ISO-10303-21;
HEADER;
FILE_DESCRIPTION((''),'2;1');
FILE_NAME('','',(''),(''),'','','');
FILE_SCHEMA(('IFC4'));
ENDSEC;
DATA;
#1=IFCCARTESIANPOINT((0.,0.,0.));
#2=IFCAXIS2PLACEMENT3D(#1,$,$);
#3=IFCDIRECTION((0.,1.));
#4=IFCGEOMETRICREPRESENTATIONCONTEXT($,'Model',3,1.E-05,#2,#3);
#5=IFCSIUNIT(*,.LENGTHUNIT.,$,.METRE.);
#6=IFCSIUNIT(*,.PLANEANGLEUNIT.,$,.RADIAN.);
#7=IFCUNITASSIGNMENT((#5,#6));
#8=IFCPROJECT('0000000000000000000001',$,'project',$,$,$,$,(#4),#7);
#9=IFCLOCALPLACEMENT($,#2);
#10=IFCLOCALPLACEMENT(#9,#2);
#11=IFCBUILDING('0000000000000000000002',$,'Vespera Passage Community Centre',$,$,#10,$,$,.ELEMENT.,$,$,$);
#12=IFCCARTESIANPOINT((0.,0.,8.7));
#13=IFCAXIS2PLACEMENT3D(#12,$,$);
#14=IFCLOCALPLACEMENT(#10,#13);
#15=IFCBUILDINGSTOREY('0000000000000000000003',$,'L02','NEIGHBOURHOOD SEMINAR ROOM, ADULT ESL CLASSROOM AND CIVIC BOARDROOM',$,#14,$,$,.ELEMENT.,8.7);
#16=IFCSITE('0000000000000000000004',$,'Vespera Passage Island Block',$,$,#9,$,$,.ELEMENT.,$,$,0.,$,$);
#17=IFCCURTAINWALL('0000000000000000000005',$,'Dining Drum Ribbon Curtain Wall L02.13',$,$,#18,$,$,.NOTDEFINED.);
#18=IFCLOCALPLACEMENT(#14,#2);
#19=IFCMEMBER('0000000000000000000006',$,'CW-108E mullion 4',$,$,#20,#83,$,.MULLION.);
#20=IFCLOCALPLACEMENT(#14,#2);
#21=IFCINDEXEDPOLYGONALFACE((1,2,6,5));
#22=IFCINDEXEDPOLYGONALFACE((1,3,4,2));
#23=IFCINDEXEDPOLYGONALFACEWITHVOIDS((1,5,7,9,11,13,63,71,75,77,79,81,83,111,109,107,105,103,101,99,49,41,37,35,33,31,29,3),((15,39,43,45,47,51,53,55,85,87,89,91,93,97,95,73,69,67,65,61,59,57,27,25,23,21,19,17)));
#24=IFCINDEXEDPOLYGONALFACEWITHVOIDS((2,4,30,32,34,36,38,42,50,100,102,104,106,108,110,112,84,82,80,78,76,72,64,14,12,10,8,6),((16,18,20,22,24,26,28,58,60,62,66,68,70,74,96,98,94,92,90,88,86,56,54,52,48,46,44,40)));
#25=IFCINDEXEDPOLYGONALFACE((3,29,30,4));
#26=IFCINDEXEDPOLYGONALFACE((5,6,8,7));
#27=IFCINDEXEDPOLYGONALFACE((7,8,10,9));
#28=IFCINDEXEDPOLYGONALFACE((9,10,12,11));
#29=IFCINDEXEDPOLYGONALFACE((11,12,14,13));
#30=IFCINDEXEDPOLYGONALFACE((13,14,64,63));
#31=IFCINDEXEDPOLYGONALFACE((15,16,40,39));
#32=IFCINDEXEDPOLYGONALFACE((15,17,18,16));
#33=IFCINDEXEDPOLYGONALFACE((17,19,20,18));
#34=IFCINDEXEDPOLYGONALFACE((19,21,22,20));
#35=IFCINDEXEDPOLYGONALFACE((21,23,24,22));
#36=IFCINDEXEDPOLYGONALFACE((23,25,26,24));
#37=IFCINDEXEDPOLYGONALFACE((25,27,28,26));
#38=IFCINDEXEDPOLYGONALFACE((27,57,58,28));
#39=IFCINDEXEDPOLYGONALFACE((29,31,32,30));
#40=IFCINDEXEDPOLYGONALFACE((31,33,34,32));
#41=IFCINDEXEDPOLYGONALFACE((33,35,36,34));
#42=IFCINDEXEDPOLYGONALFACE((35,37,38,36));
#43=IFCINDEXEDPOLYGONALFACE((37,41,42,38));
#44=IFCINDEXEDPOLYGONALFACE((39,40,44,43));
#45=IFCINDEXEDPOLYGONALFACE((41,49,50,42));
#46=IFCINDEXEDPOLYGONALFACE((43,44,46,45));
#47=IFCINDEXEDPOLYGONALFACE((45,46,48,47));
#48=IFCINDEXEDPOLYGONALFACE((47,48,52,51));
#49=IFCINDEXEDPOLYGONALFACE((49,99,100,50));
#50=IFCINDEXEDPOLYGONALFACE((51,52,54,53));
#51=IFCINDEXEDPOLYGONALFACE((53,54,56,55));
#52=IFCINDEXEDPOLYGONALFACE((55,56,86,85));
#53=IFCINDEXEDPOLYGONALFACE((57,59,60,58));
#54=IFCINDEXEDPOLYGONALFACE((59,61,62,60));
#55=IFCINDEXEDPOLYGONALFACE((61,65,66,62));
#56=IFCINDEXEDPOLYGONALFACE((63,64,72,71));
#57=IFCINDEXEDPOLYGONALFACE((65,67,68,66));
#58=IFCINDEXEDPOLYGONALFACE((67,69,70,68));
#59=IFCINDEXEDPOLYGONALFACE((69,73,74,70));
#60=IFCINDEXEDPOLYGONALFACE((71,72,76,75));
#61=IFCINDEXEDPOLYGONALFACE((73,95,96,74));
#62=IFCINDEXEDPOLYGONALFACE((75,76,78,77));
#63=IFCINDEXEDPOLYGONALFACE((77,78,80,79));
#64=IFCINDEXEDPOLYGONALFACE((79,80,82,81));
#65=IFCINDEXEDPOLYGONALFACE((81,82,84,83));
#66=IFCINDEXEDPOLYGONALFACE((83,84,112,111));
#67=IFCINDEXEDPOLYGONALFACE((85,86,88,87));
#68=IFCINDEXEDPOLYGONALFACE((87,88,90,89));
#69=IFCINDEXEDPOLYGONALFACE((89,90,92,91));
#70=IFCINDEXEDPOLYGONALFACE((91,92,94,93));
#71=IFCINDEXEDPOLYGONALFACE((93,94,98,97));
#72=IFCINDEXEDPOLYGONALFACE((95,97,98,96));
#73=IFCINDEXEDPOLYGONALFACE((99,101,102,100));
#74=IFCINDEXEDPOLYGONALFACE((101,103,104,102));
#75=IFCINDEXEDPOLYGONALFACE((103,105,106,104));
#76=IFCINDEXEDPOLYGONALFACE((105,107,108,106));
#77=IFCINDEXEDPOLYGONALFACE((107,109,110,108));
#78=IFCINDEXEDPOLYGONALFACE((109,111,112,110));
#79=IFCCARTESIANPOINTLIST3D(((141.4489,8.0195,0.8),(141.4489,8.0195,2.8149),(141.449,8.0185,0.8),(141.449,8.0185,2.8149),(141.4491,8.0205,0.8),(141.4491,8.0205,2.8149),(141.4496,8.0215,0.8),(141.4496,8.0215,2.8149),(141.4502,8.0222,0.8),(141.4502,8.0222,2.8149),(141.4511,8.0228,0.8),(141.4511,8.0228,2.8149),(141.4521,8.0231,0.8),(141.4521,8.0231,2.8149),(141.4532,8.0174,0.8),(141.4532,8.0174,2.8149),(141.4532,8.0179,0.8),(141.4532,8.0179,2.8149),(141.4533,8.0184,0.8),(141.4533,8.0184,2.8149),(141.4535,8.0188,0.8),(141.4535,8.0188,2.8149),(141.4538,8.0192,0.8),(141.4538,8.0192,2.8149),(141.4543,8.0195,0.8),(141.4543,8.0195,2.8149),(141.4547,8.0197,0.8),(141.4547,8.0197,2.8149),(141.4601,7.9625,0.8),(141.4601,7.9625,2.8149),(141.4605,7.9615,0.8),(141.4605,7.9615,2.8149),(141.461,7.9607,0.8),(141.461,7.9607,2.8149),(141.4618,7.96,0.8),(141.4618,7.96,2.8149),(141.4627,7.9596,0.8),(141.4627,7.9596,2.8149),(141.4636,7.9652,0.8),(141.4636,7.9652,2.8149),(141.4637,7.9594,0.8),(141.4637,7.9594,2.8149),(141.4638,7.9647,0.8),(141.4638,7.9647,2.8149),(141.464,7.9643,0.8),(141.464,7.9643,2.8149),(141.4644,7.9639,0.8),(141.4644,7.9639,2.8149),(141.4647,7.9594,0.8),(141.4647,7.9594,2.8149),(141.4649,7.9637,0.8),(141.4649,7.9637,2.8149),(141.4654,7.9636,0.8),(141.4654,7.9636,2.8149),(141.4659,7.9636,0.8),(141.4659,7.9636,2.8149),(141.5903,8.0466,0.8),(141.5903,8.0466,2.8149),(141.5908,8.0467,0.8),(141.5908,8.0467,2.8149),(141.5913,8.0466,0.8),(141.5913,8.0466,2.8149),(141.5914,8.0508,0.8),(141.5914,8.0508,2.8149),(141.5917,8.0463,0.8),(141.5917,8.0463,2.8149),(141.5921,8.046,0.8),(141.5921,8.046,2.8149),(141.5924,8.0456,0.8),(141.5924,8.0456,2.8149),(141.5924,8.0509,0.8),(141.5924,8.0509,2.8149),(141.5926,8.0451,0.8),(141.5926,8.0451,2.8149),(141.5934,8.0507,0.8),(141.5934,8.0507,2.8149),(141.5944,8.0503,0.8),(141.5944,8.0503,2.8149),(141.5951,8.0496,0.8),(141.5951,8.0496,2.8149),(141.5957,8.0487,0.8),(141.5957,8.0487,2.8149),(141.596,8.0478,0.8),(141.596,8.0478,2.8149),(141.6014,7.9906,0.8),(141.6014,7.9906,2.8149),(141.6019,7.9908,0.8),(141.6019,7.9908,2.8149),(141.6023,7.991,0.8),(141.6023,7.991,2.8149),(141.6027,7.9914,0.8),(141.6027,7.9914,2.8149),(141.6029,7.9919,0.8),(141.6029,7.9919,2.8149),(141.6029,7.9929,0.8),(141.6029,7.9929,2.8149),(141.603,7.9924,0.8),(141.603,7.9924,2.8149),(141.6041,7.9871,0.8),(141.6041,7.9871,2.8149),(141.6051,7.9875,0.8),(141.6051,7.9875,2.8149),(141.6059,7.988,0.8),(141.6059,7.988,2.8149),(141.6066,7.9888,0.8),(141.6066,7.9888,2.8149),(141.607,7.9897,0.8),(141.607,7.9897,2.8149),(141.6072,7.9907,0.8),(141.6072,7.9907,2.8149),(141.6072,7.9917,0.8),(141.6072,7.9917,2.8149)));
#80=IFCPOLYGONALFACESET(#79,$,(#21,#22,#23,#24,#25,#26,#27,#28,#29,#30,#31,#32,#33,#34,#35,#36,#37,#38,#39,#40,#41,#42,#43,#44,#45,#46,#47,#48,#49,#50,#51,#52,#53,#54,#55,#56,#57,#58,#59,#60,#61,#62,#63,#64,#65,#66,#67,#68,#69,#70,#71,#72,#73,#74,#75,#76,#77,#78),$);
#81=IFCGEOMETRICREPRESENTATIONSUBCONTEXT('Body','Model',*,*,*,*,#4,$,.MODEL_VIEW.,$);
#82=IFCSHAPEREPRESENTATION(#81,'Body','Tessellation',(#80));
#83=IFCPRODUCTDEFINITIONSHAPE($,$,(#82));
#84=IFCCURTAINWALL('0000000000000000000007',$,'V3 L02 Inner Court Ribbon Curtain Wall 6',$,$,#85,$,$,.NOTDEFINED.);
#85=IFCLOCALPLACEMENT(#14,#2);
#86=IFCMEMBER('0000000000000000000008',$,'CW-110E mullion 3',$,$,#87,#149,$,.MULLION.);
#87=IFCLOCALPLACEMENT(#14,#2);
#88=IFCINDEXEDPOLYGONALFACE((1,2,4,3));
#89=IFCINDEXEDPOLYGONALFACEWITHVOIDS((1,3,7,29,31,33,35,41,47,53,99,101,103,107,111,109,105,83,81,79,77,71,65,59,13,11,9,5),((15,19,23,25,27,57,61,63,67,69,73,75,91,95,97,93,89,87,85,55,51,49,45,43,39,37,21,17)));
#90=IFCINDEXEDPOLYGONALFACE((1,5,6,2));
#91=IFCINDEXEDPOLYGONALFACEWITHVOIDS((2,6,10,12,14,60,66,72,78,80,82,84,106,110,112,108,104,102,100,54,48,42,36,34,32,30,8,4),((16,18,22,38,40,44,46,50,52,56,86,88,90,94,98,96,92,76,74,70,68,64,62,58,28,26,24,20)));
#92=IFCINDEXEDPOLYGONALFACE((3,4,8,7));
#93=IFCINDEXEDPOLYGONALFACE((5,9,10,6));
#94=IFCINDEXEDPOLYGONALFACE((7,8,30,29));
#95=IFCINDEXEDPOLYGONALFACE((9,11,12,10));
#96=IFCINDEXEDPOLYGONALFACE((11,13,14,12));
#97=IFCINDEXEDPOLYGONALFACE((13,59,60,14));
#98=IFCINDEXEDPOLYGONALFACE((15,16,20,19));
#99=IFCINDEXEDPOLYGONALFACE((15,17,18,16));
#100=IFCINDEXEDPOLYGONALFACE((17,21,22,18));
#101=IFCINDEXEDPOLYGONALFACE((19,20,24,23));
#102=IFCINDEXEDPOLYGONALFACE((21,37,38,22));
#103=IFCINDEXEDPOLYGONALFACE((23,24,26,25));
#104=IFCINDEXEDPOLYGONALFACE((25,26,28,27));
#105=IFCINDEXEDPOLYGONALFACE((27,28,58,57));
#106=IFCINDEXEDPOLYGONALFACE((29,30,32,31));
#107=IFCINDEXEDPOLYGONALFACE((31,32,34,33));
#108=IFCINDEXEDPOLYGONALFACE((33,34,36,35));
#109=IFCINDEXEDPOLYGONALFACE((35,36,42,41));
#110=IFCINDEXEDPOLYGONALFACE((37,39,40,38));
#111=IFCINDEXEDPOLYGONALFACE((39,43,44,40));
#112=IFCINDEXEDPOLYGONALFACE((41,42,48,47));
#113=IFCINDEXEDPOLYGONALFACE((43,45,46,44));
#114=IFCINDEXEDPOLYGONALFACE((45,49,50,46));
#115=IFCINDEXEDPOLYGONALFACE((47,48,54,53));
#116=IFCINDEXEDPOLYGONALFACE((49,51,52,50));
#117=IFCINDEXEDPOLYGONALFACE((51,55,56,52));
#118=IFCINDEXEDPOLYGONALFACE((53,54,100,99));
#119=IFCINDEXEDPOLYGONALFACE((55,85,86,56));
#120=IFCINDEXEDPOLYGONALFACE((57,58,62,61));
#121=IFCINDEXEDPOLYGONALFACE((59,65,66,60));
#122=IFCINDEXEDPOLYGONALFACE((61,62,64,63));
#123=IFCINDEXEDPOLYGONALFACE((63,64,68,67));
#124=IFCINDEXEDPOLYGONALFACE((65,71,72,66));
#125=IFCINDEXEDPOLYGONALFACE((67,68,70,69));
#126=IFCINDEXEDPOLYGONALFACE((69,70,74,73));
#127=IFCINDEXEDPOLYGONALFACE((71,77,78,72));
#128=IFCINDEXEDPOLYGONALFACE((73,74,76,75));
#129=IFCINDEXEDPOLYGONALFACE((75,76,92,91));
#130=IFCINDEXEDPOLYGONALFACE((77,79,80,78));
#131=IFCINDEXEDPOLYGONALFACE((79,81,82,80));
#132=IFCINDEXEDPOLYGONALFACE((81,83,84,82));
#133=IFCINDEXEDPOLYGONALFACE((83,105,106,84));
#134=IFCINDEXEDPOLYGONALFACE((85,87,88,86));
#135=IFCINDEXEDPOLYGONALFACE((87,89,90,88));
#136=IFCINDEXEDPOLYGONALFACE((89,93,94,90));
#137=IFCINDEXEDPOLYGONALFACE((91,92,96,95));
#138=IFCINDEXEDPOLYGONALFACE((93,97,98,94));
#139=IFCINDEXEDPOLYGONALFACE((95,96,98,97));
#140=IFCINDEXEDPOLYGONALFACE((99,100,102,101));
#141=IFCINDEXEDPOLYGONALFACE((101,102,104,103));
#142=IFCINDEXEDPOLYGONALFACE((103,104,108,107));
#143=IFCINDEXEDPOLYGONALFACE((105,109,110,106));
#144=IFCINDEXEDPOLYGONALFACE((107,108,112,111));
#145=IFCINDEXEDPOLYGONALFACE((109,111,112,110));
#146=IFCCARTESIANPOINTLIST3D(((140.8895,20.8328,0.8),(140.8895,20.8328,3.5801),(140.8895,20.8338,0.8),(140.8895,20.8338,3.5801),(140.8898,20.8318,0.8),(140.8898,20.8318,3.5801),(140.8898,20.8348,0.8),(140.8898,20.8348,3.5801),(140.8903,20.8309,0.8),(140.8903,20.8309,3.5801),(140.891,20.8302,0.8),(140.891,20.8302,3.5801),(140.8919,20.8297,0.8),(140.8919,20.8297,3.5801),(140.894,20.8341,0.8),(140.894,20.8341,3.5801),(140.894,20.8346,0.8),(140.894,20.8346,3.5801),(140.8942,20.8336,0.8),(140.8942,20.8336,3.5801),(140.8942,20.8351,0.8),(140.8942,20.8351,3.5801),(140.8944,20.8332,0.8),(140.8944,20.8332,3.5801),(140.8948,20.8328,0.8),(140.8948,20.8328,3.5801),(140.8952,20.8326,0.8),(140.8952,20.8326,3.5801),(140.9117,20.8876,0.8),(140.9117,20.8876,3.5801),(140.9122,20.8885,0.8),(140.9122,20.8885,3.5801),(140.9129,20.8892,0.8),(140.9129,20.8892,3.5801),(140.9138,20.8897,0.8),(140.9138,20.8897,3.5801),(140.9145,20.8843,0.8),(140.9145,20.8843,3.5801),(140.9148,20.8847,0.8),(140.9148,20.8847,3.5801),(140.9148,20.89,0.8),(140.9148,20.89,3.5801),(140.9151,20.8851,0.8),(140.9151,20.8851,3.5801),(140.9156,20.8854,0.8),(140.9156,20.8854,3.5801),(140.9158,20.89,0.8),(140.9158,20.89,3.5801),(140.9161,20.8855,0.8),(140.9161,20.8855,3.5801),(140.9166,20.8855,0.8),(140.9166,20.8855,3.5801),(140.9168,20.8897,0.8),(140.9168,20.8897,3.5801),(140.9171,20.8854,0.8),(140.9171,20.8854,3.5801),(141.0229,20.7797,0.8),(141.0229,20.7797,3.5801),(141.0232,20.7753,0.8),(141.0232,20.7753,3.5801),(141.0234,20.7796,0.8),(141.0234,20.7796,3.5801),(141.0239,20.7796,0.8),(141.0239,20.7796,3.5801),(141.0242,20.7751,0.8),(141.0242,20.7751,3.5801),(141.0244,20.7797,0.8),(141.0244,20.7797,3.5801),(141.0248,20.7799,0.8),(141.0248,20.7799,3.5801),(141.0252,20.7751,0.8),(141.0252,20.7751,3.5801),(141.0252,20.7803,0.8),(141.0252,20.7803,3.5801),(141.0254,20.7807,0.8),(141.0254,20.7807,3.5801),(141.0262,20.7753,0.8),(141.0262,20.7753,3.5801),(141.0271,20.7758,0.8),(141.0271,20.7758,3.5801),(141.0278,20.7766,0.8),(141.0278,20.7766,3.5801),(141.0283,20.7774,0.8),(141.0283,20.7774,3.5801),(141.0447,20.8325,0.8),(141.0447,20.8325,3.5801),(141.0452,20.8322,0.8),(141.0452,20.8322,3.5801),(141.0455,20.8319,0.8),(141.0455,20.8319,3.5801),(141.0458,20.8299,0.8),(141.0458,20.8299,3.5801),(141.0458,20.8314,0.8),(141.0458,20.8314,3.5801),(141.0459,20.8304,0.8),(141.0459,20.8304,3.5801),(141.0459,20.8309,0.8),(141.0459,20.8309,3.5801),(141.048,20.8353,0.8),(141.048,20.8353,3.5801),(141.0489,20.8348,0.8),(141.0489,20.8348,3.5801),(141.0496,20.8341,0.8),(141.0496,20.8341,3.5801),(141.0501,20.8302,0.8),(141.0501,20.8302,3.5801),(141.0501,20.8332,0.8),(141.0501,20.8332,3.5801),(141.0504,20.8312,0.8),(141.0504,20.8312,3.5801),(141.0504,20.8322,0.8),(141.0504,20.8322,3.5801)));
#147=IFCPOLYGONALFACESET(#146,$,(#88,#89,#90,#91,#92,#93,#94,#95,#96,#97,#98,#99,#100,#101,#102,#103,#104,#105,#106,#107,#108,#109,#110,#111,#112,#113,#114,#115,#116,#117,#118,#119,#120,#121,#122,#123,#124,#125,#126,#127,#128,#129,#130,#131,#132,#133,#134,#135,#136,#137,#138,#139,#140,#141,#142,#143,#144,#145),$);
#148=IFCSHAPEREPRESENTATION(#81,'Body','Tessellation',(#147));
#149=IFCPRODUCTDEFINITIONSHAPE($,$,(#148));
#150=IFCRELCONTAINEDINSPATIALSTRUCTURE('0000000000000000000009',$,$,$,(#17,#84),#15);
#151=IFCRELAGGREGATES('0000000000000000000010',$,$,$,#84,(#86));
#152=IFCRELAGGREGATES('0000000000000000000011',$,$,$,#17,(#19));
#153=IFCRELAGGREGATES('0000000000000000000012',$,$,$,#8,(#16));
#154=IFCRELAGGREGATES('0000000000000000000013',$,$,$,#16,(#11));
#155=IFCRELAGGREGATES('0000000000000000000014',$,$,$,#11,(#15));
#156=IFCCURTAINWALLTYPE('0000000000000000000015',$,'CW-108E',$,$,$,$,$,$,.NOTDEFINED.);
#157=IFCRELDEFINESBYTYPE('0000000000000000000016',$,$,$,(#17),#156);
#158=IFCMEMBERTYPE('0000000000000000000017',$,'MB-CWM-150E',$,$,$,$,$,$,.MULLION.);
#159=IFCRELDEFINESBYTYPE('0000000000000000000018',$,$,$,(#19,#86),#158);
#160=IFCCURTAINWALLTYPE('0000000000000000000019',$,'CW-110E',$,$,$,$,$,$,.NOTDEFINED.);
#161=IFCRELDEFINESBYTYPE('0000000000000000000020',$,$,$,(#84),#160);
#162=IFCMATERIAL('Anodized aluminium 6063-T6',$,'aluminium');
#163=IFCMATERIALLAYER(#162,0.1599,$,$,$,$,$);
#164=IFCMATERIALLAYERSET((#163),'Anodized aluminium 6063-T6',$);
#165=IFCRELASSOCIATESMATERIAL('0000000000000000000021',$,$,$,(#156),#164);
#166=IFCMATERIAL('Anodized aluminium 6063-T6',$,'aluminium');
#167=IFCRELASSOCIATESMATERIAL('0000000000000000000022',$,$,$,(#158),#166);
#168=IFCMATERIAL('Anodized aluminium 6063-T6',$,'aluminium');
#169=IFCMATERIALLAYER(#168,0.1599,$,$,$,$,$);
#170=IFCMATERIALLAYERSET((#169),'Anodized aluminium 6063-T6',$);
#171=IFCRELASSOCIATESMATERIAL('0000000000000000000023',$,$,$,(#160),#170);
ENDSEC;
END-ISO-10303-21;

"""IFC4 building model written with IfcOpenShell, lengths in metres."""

from ifc_helpers import new_model, si_unit, direction, frame, origin, origin_2d, place, context, subcontext, project, spatial, hollow_rectangle, extrude, material, layer, layer_set, material_profile, profile_set, type_object, element, aggregate, save


model = new_model("IFC4")

# Units and contexts
model_context = context("Model", 3, precision=1e-05, world=origin(), true_north=direction((0.0, 1.0)))
body_context = subcontext(model_context, "Body", "Model", "MODEL_VIEW")
ifc_project = project(units=[si_unit("LENGTHUNIT", "METRE"), si_unit("PLANEANGLEUNIT", "RADIAN")], contexts=[model_context])

# Site, building, storey
site_placement = place(None, origin())
site = spatial("IfcSite", under=ifc_project, at=site_placement, Name="Vespera Passage Island Block", CompositionType="ELEMENT", RefElevation=0.0)
building_placement = place(site_placement, origin())
building = spatial("IfcBuilding", under=site, at=building_placement, Name="Vespera Passage Community Centre", CompositionType="ELEMENT")
storey_placement = place(building_placement, frame((0.0, 0.0, 8.7)))
storey = spatial("IfcBuildingStorey", under=building, at=storey_placement, Name="L02", Description="NEIGHBOURHOOD SEMINAR ROOM, ADULT ESL CLASSROOM AND CIVIC BOARDROOM", CompositionType="ELEMENT", Elevation=8.7)

# Shared definitions
ifc_material_1 = material(Name="Anodized aluminium 6063-T6", Category="aluminium")
ifc_layer_1 = layer(ifc_material_1, 0.1599)
ifc_layer_set_1 = layer_set([ifc_layer_1], Name="Anodized aluminium 6063-T6")
curtain_wall_type_1 = type_object("IfcCurtainWallType", Name="CW-108E", PredefinedType="NOTDEFINED", material=ifc_layer_set_1)
ifc_material_2 = material(Name="Anodized aluminium 6063-T6", Category="aluminium")
ifc_material_profile_1 = material_profile(ifc_material_2, hollow_rectangle(XDim=0.0649, YDim=0.1499, WallThickness=0.0039, InnerFilletRadius=0.002, OuterFilletRadius=0.0039, at=origin_2d()), Name="ALU150X65X4")
ifc_profile_set_1 = profile_set([ifc_material_profile_1], Name="Anodized aluminium 6063-T6")
member_type_1 = type_object("IfcMemberType", Name="MB-CWM-150E", PredefinedType="MULLION", material=ifc_profile_set_1)

# Curtain wall, member
curtain_wall_1_placement = place(storey_placement, origin())
curtain_wall_1 = element("IfcCurtainWall", 1, at=curtain_wall_1_placement, inside=storey, type_object=curtain_wall_type_1, Name="Dining Drum Ribbon Curtain Wall L02.13", PredefinedType="NOTDEFINED")
member_1_placement = place(storey_placement, frame((141.5281, 8.0051, 0.8), z_axis=(0.0, 0.0, 1.0), x_axis=(0.195097, -0.980784, 0.0)))
member_1 = element("IfcMember", 2, at=member_1_placement, type_object=member_type_1, Name="CW-108E mullion 4", PredefinedType="MULLION", context=body_context, shape_type="SweptSolid", body=[
    extrude(hollow_rectangle(XDim=0.0649, YDim=0.1499, WallThickness=0.0039, InnerFilletRadius=0.002, OuterFilletRadius=0.0039, at=origin_2d()), origin(), (0.0, 0.0, 1.0), 2.0149),
])

# Curtain wall, member
ifc_material_3 = material(Name="Anodized aluminium 6063-T6", Category="aluminium")
ifc_layer_2 = layer(ifc_material_3, 0.1599)
ifc_layer_set_2 = layer_set([ifc_layer_2], Name="Anodized aluminium 6063-T6")
curtain_wall_type_2 = type_object("IfcCurtainWallType", Name="CW-110E", PredefinedType="NOTDEFINED", material=ifc_layer_set_2)
curtain_wall_2_placement = place(storey_placement, origin())
curtain_wall_2 = element("IfcCurtainWall", 3, at=curtain_wall_2_placement, inside=storey, type_object=curtain_wall_type_2, Name="V3 L02 Inner Court Ribbon Curtain Wall 6", PredefinedType="NOTDEFINED")
member_2_placement = place(storey_placement, frame((140.97, 20.8325, 0.8), z_axis=(0.0, 0.0, 1.0), x_axis=(0.382686, 0.923879, 0.0)))
member_2 = element("IfcMember", 4, at=member_2_placement, type_object=member_type_1, Name="CW-110E mullion 3", PredefinedType="MULLION", context=body_context, shape_type="SweptSolid", body=[
    extrude(hollow_rectangle(XDim=0.0649, YDim=0.1499, WallThickness=0.0039, InnerFilletRadius=0.002, OuterFilletRadius=0.0039, at=origin_2d()), origin(), (0.0, 0.0, 1.0), 2.78),
])
aggregate(curtain_wall_2, [member_2])

aggregate(curtain_wall_1, [member_1])

save(model, "model.ifc")
